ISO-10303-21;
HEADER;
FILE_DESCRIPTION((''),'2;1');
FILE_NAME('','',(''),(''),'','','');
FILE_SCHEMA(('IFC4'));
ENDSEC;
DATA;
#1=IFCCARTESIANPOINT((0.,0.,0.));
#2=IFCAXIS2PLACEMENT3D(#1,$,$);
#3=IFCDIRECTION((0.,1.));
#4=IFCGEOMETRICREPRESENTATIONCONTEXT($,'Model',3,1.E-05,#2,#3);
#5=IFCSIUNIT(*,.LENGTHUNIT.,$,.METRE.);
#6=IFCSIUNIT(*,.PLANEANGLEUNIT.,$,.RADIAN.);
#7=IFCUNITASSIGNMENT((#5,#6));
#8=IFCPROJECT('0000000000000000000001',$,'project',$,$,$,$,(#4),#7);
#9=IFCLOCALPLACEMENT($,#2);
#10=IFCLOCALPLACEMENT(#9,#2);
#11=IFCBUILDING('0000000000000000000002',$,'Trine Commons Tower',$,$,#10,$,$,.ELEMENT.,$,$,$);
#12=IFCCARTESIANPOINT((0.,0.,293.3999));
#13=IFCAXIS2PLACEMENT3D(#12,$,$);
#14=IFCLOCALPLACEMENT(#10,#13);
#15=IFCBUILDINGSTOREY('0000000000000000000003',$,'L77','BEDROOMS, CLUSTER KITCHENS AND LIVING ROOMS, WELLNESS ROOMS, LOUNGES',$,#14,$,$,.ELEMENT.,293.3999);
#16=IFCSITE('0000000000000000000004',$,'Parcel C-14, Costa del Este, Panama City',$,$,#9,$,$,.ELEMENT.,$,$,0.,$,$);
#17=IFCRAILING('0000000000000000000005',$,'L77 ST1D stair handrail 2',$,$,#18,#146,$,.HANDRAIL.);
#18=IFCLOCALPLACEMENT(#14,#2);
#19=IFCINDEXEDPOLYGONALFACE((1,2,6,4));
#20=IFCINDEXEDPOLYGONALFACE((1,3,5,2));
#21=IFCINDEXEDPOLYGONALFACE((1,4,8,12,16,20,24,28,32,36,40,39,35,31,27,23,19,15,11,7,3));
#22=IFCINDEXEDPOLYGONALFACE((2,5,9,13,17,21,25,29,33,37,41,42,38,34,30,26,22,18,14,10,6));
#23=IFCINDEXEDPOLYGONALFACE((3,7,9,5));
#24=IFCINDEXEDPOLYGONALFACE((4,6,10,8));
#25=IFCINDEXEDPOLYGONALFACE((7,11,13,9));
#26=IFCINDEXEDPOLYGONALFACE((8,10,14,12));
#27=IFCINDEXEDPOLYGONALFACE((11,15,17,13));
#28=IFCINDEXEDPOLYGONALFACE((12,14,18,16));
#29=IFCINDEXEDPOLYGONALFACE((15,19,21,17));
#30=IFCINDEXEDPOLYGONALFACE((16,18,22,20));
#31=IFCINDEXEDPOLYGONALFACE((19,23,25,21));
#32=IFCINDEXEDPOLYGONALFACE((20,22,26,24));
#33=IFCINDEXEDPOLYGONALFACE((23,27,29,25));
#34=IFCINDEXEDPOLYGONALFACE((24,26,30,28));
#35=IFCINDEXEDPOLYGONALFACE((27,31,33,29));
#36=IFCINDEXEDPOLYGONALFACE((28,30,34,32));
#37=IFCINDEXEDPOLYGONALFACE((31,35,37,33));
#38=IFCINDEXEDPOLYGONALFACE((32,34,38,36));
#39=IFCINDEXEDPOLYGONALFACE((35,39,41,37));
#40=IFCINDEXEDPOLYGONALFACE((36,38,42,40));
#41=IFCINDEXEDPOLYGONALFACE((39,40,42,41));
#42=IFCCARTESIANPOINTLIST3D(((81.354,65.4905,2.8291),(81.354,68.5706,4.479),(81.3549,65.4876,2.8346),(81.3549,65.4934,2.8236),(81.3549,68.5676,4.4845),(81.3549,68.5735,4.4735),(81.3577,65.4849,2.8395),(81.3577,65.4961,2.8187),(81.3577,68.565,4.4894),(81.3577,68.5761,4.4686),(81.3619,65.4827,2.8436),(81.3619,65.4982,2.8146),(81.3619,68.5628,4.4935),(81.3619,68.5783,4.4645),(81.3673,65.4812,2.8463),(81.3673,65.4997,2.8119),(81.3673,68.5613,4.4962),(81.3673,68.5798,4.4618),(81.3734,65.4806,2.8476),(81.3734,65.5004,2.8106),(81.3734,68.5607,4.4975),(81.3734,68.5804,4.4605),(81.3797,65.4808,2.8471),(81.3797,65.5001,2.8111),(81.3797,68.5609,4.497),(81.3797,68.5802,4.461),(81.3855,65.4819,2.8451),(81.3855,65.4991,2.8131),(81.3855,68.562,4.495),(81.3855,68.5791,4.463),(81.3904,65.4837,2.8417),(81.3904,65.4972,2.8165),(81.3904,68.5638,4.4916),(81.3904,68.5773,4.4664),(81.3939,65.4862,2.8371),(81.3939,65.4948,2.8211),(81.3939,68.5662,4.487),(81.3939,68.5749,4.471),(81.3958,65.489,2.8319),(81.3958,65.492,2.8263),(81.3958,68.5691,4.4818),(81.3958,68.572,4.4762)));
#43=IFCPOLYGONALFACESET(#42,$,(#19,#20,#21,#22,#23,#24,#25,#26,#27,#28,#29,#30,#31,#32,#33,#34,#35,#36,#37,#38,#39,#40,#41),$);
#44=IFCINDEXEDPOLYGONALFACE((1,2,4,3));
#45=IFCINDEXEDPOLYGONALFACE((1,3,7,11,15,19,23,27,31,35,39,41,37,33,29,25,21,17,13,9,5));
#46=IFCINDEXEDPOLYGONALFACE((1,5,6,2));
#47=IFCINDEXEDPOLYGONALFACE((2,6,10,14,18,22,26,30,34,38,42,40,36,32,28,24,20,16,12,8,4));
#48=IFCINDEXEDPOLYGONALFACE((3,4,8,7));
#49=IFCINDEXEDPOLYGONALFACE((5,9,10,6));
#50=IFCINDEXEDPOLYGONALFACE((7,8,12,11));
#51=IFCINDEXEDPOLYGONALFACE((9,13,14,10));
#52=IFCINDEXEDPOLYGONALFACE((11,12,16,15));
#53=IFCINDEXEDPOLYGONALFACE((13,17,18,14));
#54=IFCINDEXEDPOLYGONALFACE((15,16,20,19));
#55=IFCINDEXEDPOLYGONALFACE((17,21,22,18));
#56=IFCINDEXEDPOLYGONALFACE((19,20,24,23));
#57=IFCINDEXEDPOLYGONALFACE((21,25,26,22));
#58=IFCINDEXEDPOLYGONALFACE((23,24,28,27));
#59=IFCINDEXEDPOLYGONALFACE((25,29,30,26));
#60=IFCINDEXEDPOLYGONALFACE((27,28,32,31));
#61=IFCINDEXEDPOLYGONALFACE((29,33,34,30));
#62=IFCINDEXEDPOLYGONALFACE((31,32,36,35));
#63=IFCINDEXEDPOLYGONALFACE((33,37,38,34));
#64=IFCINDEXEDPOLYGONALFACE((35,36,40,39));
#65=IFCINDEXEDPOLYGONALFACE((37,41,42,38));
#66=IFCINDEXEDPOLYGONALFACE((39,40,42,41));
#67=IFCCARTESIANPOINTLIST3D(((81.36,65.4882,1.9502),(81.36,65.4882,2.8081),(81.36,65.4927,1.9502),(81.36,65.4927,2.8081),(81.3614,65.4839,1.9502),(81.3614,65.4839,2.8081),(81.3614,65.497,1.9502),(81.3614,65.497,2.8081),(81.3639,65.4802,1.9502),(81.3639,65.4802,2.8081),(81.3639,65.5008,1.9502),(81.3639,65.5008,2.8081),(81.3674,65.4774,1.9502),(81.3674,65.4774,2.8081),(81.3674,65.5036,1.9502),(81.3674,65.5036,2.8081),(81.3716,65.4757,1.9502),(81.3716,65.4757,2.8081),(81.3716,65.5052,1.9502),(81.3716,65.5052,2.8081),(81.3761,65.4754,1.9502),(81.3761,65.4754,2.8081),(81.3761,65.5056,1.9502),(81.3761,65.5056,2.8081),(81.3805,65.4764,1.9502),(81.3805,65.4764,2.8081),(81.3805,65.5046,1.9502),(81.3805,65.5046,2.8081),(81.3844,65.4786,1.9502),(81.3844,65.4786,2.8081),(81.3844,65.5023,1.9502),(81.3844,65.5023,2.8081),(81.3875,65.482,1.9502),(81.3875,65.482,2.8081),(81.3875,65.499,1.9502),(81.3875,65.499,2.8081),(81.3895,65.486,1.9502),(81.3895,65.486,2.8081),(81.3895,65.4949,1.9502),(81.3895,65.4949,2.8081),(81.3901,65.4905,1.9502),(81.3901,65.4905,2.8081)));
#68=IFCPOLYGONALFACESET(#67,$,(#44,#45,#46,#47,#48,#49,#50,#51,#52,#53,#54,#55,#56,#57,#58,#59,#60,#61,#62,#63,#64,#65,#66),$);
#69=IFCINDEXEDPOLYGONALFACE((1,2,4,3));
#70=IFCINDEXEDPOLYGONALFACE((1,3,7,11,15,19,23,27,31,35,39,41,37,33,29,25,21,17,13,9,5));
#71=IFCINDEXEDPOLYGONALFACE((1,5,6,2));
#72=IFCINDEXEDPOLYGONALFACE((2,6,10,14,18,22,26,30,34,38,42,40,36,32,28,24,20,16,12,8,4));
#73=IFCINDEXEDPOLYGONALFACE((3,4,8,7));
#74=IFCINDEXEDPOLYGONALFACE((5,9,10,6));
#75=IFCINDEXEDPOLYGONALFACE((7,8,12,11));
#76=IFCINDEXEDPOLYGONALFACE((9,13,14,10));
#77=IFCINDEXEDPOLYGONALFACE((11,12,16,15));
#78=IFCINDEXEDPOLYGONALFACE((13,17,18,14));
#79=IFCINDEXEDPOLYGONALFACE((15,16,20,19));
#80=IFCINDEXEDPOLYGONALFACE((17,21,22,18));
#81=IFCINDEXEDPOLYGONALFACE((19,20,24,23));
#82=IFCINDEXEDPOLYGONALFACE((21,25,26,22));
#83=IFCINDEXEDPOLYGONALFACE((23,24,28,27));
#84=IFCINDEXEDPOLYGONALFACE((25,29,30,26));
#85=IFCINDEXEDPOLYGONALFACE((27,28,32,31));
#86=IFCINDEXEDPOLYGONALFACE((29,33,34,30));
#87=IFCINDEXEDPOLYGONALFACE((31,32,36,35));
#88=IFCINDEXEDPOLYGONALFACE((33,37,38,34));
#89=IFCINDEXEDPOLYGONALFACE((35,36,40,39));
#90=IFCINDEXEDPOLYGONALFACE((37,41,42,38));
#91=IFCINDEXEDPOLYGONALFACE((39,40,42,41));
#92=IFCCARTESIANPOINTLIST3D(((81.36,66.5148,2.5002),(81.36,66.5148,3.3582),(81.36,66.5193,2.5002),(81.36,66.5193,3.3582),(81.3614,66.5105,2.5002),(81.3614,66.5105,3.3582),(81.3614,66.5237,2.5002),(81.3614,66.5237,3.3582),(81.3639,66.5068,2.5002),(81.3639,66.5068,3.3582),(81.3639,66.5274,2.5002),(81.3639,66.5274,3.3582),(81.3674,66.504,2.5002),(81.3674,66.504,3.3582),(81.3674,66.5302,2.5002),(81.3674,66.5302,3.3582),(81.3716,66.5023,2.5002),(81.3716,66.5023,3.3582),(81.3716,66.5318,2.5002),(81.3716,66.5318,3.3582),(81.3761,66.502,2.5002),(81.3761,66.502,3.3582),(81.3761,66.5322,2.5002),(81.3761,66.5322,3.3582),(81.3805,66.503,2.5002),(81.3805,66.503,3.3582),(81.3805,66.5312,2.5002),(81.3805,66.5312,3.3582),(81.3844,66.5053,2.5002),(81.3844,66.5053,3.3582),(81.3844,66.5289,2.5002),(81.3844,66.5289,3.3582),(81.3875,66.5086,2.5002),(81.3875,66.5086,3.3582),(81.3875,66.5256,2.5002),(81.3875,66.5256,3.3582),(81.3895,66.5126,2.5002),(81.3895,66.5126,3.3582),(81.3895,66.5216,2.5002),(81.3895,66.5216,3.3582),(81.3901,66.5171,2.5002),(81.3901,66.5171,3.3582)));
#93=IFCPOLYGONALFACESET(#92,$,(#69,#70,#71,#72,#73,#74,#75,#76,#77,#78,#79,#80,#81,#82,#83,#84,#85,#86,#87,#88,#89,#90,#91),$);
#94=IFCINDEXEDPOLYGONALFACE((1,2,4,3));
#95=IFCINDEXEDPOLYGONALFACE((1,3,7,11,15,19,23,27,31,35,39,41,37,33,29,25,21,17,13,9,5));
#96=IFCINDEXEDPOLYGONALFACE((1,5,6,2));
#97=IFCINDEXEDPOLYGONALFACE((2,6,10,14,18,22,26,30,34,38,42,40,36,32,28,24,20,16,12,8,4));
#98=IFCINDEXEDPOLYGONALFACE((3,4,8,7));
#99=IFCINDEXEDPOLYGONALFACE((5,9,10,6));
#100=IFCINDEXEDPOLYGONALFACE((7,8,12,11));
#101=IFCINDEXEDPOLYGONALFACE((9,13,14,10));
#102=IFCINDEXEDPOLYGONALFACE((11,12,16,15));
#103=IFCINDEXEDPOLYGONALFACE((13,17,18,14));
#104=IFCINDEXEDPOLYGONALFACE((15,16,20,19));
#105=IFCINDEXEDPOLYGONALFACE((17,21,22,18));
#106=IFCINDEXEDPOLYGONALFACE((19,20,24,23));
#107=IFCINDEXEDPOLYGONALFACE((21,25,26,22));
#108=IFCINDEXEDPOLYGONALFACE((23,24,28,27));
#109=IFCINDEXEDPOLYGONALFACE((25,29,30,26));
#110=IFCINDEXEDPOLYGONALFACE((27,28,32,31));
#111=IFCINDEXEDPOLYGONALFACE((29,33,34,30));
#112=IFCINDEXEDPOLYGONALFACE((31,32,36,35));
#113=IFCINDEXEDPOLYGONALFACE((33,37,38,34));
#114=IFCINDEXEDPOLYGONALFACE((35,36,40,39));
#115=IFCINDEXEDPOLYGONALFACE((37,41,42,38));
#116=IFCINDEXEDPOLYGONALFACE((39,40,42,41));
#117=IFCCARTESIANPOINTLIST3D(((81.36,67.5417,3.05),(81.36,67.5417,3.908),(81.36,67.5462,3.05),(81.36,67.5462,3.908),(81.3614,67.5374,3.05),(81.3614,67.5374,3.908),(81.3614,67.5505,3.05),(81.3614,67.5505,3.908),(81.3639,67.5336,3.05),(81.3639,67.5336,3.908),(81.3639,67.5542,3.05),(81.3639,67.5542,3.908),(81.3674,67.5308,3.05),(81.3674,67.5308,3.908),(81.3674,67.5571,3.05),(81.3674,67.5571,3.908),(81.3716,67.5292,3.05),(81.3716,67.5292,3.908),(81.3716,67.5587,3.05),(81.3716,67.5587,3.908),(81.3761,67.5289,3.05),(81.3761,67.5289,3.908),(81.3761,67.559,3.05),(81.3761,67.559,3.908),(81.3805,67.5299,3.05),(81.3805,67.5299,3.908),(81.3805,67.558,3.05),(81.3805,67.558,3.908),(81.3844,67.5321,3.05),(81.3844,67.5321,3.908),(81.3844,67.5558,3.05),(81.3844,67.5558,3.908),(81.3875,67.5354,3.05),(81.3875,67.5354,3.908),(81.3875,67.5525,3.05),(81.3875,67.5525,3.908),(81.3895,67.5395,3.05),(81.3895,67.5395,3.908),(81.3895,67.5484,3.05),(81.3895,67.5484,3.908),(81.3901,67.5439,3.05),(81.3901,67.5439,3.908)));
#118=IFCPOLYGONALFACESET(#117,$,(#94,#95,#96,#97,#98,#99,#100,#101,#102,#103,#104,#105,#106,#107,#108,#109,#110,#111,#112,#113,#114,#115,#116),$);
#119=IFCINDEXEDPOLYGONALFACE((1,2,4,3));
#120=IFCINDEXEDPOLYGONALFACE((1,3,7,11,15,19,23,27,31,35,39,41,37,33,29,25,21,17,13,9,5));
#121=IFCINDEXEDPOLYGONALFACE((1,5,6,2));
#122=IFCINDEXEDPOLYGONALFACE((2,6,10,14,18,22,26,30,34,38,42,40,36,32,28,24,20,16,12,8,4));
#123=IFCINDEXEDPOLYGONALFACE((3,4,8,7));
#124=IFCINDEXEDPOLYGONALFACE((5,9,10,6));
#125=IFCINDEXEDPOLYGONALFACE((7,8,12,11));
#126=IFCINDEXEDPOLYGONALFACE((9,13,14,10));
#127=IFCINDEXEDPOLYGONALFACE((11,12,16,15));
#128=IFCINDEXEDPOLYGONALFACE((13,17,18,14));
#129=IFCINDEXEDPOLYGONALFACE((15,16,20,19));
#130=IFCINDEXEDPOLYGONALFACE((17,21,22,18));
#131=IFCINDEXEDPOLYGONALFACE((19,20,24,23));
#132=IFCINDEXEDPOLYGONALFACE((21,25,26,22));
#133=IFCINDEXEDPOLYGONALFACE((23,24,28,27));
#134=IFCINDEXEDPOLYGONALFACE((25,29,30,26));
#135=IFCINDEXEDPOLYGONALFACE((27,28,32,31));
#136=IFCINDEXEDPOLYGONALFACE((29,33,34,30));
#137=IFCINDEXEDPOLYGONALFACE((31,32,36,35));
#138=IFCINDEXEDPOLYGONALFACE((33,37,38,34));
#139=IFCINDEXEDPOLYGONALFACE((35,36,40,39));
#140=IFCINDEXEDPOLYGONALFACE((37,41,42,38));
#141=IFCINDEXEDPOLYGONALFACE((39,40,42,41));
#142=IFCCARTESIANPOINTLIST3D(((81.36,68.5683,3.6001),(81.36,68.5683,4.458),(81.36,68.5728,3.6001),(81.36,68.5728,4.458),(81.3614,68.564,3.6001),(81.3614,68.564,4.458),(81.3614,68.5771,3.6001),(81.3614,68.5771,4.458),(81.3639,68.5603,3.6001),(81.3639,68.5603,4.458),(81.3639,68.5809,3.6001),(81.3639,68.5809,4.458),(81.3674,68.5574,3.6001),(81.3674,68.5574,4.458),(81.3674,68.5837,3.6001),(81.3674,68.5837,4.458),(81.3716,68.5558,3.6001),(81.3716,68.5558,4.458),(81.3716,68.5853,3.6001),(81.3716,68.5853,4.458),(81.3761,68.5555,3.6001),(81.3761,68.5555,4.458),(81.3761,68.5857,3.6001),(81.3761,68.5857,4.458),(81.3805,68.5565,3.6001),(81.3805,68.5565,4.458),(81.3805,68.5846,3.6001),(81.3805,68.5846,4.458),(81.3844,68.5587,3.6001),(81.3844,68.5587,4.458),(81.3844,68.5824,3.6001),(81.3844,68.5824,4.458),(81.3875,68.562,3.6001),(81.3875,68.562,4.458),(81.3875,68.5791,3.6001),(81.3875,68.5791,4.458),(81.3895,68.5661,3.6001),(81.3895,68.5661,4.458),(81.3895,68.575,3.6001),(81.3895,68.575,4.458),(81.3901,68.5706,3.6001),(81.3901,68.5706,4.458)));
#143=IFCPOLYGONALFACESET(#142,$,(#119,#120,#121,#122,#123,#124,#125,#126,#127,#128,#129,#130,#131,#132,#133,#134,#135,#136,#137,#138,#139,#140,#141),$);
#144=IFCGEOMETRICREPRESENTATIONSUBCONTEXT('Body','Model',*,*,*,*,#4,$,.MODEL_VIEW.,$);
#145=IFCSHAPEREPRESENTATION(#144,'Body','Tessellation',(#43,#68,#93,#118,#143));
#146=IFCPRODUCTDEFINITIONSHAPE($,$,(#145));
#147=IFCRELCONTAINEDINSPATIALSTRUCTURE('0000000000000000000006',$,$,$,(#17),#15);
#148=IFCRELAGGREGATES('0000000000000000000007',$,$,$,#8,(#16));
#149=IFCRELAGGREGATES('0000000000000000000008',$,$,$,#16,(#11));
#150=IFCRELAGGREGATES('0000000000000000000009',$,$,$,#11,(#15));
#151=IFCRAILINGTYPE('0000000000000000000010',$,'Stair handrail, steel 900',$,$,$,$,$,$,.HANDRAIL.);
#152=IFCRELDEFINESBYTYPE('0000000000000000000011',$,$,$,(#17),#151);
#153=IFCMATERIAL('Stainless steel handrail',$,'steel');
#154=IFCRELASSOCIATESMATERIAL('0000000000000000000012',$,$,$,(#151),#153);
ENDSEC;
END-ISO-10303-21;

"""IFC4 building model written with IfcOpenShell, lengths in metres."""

from ifc_helpers import new_model, si_unit, direction, frame, origin, origin_2d, place, context, subcontext, project, spatial, circle, extrude, material, type_object, element, save


model = new_model("IFC4")

# Units and contexts
model_context = context("Model", 3, precision=1e-05, world=origin(), true_north=direction((0.0, 1.0)))
body_context = subcontext(model_context, "Body", "Model", "MODEL_VIEW")
ifc_project = project(units=[si_unit("LENGTHUNIT", "METRE"), si_unit("PLANEANGLEUNIT", "RADIAN")], contexts=[model_context])

# Site, building, storey
site_placement = place(None, origin())
site = spatial("IfcSite", under=ifc_project, at=site_placement, Name="Parcel C-14, Costa del Este, Panama City", CompositionType="ELEMENT", RefElevation=0.0)
building_placement = place(site_placement, origin())
building = spatial("IfcBuilding", under=site, at=building_placement, Name="Trine Commons Tower", CompositionType="ELEMENT")
storey_placement = place(building_placement, frame((0.0, 0.0, 293.3999)))
storey = spatial("IfcBuildingStorey", under=building, at=storey_placement, Name="L77", Description="BEDROOMS, CLUSTER KITCHENS AND LIVING ROOMS, WELLNESS ROOMS, LOUNGES", CompositionType="ELEMENT", Elevation=293.3999)

# Railing
ifc_material_1 = material(Name="Stainless steel handrail", Category="steel")
railing_type_1 = type_object("IfcRailingType", Name="Stair handrail, steel 900", PredefinedType="HANDRAIL", material=ifc_material_1)
railing_1_placement = place(storey_placement, frame((81.375, 65.4905, 1.9502)))
element("IfcRailing", 1, at=railing_1_placement, inside=storey, type_object=railing_type_1, Name="L77 ST1D stair handrail 2", PredefinedType="HANDRAIL", context=body_context, shape_type="SweptSolid", body=[
    extrude(circle(Radius=0.021, at=origin_2d()), frame((0.0, 0.0, 0.8789), z_axis=(0.0, 0.881497, 0.47219), x_axis=(-1.0, 0.0, 0.0)), (0.0, 0.0, 1.0), 3.4941),
    extrude(circle(Radius=0.0151, at=origin_2d()), origin(), (0.0, 0.0, 1.0), 0.8579),
    extrude(circle(Radius=0.0151, at=origin_2d()), frame((0.0, 1.0266, 0.55)), (0.0, 0.0, 1.0), 0.8579),
    extrude(circle(Radius=0.0151, at=origin_2d()), frame((0.0, 2.0535, 1.0999)), (0.0, 0.0, 1.0), 0.8579),
    extrude(circle(Radius=0.0151, at=origin_2d()), frame((0.0, 3.0801, 1.6499)), (0.0, 0.0, 1.0), 0.8579),
])

save(model, "model.ifc")
